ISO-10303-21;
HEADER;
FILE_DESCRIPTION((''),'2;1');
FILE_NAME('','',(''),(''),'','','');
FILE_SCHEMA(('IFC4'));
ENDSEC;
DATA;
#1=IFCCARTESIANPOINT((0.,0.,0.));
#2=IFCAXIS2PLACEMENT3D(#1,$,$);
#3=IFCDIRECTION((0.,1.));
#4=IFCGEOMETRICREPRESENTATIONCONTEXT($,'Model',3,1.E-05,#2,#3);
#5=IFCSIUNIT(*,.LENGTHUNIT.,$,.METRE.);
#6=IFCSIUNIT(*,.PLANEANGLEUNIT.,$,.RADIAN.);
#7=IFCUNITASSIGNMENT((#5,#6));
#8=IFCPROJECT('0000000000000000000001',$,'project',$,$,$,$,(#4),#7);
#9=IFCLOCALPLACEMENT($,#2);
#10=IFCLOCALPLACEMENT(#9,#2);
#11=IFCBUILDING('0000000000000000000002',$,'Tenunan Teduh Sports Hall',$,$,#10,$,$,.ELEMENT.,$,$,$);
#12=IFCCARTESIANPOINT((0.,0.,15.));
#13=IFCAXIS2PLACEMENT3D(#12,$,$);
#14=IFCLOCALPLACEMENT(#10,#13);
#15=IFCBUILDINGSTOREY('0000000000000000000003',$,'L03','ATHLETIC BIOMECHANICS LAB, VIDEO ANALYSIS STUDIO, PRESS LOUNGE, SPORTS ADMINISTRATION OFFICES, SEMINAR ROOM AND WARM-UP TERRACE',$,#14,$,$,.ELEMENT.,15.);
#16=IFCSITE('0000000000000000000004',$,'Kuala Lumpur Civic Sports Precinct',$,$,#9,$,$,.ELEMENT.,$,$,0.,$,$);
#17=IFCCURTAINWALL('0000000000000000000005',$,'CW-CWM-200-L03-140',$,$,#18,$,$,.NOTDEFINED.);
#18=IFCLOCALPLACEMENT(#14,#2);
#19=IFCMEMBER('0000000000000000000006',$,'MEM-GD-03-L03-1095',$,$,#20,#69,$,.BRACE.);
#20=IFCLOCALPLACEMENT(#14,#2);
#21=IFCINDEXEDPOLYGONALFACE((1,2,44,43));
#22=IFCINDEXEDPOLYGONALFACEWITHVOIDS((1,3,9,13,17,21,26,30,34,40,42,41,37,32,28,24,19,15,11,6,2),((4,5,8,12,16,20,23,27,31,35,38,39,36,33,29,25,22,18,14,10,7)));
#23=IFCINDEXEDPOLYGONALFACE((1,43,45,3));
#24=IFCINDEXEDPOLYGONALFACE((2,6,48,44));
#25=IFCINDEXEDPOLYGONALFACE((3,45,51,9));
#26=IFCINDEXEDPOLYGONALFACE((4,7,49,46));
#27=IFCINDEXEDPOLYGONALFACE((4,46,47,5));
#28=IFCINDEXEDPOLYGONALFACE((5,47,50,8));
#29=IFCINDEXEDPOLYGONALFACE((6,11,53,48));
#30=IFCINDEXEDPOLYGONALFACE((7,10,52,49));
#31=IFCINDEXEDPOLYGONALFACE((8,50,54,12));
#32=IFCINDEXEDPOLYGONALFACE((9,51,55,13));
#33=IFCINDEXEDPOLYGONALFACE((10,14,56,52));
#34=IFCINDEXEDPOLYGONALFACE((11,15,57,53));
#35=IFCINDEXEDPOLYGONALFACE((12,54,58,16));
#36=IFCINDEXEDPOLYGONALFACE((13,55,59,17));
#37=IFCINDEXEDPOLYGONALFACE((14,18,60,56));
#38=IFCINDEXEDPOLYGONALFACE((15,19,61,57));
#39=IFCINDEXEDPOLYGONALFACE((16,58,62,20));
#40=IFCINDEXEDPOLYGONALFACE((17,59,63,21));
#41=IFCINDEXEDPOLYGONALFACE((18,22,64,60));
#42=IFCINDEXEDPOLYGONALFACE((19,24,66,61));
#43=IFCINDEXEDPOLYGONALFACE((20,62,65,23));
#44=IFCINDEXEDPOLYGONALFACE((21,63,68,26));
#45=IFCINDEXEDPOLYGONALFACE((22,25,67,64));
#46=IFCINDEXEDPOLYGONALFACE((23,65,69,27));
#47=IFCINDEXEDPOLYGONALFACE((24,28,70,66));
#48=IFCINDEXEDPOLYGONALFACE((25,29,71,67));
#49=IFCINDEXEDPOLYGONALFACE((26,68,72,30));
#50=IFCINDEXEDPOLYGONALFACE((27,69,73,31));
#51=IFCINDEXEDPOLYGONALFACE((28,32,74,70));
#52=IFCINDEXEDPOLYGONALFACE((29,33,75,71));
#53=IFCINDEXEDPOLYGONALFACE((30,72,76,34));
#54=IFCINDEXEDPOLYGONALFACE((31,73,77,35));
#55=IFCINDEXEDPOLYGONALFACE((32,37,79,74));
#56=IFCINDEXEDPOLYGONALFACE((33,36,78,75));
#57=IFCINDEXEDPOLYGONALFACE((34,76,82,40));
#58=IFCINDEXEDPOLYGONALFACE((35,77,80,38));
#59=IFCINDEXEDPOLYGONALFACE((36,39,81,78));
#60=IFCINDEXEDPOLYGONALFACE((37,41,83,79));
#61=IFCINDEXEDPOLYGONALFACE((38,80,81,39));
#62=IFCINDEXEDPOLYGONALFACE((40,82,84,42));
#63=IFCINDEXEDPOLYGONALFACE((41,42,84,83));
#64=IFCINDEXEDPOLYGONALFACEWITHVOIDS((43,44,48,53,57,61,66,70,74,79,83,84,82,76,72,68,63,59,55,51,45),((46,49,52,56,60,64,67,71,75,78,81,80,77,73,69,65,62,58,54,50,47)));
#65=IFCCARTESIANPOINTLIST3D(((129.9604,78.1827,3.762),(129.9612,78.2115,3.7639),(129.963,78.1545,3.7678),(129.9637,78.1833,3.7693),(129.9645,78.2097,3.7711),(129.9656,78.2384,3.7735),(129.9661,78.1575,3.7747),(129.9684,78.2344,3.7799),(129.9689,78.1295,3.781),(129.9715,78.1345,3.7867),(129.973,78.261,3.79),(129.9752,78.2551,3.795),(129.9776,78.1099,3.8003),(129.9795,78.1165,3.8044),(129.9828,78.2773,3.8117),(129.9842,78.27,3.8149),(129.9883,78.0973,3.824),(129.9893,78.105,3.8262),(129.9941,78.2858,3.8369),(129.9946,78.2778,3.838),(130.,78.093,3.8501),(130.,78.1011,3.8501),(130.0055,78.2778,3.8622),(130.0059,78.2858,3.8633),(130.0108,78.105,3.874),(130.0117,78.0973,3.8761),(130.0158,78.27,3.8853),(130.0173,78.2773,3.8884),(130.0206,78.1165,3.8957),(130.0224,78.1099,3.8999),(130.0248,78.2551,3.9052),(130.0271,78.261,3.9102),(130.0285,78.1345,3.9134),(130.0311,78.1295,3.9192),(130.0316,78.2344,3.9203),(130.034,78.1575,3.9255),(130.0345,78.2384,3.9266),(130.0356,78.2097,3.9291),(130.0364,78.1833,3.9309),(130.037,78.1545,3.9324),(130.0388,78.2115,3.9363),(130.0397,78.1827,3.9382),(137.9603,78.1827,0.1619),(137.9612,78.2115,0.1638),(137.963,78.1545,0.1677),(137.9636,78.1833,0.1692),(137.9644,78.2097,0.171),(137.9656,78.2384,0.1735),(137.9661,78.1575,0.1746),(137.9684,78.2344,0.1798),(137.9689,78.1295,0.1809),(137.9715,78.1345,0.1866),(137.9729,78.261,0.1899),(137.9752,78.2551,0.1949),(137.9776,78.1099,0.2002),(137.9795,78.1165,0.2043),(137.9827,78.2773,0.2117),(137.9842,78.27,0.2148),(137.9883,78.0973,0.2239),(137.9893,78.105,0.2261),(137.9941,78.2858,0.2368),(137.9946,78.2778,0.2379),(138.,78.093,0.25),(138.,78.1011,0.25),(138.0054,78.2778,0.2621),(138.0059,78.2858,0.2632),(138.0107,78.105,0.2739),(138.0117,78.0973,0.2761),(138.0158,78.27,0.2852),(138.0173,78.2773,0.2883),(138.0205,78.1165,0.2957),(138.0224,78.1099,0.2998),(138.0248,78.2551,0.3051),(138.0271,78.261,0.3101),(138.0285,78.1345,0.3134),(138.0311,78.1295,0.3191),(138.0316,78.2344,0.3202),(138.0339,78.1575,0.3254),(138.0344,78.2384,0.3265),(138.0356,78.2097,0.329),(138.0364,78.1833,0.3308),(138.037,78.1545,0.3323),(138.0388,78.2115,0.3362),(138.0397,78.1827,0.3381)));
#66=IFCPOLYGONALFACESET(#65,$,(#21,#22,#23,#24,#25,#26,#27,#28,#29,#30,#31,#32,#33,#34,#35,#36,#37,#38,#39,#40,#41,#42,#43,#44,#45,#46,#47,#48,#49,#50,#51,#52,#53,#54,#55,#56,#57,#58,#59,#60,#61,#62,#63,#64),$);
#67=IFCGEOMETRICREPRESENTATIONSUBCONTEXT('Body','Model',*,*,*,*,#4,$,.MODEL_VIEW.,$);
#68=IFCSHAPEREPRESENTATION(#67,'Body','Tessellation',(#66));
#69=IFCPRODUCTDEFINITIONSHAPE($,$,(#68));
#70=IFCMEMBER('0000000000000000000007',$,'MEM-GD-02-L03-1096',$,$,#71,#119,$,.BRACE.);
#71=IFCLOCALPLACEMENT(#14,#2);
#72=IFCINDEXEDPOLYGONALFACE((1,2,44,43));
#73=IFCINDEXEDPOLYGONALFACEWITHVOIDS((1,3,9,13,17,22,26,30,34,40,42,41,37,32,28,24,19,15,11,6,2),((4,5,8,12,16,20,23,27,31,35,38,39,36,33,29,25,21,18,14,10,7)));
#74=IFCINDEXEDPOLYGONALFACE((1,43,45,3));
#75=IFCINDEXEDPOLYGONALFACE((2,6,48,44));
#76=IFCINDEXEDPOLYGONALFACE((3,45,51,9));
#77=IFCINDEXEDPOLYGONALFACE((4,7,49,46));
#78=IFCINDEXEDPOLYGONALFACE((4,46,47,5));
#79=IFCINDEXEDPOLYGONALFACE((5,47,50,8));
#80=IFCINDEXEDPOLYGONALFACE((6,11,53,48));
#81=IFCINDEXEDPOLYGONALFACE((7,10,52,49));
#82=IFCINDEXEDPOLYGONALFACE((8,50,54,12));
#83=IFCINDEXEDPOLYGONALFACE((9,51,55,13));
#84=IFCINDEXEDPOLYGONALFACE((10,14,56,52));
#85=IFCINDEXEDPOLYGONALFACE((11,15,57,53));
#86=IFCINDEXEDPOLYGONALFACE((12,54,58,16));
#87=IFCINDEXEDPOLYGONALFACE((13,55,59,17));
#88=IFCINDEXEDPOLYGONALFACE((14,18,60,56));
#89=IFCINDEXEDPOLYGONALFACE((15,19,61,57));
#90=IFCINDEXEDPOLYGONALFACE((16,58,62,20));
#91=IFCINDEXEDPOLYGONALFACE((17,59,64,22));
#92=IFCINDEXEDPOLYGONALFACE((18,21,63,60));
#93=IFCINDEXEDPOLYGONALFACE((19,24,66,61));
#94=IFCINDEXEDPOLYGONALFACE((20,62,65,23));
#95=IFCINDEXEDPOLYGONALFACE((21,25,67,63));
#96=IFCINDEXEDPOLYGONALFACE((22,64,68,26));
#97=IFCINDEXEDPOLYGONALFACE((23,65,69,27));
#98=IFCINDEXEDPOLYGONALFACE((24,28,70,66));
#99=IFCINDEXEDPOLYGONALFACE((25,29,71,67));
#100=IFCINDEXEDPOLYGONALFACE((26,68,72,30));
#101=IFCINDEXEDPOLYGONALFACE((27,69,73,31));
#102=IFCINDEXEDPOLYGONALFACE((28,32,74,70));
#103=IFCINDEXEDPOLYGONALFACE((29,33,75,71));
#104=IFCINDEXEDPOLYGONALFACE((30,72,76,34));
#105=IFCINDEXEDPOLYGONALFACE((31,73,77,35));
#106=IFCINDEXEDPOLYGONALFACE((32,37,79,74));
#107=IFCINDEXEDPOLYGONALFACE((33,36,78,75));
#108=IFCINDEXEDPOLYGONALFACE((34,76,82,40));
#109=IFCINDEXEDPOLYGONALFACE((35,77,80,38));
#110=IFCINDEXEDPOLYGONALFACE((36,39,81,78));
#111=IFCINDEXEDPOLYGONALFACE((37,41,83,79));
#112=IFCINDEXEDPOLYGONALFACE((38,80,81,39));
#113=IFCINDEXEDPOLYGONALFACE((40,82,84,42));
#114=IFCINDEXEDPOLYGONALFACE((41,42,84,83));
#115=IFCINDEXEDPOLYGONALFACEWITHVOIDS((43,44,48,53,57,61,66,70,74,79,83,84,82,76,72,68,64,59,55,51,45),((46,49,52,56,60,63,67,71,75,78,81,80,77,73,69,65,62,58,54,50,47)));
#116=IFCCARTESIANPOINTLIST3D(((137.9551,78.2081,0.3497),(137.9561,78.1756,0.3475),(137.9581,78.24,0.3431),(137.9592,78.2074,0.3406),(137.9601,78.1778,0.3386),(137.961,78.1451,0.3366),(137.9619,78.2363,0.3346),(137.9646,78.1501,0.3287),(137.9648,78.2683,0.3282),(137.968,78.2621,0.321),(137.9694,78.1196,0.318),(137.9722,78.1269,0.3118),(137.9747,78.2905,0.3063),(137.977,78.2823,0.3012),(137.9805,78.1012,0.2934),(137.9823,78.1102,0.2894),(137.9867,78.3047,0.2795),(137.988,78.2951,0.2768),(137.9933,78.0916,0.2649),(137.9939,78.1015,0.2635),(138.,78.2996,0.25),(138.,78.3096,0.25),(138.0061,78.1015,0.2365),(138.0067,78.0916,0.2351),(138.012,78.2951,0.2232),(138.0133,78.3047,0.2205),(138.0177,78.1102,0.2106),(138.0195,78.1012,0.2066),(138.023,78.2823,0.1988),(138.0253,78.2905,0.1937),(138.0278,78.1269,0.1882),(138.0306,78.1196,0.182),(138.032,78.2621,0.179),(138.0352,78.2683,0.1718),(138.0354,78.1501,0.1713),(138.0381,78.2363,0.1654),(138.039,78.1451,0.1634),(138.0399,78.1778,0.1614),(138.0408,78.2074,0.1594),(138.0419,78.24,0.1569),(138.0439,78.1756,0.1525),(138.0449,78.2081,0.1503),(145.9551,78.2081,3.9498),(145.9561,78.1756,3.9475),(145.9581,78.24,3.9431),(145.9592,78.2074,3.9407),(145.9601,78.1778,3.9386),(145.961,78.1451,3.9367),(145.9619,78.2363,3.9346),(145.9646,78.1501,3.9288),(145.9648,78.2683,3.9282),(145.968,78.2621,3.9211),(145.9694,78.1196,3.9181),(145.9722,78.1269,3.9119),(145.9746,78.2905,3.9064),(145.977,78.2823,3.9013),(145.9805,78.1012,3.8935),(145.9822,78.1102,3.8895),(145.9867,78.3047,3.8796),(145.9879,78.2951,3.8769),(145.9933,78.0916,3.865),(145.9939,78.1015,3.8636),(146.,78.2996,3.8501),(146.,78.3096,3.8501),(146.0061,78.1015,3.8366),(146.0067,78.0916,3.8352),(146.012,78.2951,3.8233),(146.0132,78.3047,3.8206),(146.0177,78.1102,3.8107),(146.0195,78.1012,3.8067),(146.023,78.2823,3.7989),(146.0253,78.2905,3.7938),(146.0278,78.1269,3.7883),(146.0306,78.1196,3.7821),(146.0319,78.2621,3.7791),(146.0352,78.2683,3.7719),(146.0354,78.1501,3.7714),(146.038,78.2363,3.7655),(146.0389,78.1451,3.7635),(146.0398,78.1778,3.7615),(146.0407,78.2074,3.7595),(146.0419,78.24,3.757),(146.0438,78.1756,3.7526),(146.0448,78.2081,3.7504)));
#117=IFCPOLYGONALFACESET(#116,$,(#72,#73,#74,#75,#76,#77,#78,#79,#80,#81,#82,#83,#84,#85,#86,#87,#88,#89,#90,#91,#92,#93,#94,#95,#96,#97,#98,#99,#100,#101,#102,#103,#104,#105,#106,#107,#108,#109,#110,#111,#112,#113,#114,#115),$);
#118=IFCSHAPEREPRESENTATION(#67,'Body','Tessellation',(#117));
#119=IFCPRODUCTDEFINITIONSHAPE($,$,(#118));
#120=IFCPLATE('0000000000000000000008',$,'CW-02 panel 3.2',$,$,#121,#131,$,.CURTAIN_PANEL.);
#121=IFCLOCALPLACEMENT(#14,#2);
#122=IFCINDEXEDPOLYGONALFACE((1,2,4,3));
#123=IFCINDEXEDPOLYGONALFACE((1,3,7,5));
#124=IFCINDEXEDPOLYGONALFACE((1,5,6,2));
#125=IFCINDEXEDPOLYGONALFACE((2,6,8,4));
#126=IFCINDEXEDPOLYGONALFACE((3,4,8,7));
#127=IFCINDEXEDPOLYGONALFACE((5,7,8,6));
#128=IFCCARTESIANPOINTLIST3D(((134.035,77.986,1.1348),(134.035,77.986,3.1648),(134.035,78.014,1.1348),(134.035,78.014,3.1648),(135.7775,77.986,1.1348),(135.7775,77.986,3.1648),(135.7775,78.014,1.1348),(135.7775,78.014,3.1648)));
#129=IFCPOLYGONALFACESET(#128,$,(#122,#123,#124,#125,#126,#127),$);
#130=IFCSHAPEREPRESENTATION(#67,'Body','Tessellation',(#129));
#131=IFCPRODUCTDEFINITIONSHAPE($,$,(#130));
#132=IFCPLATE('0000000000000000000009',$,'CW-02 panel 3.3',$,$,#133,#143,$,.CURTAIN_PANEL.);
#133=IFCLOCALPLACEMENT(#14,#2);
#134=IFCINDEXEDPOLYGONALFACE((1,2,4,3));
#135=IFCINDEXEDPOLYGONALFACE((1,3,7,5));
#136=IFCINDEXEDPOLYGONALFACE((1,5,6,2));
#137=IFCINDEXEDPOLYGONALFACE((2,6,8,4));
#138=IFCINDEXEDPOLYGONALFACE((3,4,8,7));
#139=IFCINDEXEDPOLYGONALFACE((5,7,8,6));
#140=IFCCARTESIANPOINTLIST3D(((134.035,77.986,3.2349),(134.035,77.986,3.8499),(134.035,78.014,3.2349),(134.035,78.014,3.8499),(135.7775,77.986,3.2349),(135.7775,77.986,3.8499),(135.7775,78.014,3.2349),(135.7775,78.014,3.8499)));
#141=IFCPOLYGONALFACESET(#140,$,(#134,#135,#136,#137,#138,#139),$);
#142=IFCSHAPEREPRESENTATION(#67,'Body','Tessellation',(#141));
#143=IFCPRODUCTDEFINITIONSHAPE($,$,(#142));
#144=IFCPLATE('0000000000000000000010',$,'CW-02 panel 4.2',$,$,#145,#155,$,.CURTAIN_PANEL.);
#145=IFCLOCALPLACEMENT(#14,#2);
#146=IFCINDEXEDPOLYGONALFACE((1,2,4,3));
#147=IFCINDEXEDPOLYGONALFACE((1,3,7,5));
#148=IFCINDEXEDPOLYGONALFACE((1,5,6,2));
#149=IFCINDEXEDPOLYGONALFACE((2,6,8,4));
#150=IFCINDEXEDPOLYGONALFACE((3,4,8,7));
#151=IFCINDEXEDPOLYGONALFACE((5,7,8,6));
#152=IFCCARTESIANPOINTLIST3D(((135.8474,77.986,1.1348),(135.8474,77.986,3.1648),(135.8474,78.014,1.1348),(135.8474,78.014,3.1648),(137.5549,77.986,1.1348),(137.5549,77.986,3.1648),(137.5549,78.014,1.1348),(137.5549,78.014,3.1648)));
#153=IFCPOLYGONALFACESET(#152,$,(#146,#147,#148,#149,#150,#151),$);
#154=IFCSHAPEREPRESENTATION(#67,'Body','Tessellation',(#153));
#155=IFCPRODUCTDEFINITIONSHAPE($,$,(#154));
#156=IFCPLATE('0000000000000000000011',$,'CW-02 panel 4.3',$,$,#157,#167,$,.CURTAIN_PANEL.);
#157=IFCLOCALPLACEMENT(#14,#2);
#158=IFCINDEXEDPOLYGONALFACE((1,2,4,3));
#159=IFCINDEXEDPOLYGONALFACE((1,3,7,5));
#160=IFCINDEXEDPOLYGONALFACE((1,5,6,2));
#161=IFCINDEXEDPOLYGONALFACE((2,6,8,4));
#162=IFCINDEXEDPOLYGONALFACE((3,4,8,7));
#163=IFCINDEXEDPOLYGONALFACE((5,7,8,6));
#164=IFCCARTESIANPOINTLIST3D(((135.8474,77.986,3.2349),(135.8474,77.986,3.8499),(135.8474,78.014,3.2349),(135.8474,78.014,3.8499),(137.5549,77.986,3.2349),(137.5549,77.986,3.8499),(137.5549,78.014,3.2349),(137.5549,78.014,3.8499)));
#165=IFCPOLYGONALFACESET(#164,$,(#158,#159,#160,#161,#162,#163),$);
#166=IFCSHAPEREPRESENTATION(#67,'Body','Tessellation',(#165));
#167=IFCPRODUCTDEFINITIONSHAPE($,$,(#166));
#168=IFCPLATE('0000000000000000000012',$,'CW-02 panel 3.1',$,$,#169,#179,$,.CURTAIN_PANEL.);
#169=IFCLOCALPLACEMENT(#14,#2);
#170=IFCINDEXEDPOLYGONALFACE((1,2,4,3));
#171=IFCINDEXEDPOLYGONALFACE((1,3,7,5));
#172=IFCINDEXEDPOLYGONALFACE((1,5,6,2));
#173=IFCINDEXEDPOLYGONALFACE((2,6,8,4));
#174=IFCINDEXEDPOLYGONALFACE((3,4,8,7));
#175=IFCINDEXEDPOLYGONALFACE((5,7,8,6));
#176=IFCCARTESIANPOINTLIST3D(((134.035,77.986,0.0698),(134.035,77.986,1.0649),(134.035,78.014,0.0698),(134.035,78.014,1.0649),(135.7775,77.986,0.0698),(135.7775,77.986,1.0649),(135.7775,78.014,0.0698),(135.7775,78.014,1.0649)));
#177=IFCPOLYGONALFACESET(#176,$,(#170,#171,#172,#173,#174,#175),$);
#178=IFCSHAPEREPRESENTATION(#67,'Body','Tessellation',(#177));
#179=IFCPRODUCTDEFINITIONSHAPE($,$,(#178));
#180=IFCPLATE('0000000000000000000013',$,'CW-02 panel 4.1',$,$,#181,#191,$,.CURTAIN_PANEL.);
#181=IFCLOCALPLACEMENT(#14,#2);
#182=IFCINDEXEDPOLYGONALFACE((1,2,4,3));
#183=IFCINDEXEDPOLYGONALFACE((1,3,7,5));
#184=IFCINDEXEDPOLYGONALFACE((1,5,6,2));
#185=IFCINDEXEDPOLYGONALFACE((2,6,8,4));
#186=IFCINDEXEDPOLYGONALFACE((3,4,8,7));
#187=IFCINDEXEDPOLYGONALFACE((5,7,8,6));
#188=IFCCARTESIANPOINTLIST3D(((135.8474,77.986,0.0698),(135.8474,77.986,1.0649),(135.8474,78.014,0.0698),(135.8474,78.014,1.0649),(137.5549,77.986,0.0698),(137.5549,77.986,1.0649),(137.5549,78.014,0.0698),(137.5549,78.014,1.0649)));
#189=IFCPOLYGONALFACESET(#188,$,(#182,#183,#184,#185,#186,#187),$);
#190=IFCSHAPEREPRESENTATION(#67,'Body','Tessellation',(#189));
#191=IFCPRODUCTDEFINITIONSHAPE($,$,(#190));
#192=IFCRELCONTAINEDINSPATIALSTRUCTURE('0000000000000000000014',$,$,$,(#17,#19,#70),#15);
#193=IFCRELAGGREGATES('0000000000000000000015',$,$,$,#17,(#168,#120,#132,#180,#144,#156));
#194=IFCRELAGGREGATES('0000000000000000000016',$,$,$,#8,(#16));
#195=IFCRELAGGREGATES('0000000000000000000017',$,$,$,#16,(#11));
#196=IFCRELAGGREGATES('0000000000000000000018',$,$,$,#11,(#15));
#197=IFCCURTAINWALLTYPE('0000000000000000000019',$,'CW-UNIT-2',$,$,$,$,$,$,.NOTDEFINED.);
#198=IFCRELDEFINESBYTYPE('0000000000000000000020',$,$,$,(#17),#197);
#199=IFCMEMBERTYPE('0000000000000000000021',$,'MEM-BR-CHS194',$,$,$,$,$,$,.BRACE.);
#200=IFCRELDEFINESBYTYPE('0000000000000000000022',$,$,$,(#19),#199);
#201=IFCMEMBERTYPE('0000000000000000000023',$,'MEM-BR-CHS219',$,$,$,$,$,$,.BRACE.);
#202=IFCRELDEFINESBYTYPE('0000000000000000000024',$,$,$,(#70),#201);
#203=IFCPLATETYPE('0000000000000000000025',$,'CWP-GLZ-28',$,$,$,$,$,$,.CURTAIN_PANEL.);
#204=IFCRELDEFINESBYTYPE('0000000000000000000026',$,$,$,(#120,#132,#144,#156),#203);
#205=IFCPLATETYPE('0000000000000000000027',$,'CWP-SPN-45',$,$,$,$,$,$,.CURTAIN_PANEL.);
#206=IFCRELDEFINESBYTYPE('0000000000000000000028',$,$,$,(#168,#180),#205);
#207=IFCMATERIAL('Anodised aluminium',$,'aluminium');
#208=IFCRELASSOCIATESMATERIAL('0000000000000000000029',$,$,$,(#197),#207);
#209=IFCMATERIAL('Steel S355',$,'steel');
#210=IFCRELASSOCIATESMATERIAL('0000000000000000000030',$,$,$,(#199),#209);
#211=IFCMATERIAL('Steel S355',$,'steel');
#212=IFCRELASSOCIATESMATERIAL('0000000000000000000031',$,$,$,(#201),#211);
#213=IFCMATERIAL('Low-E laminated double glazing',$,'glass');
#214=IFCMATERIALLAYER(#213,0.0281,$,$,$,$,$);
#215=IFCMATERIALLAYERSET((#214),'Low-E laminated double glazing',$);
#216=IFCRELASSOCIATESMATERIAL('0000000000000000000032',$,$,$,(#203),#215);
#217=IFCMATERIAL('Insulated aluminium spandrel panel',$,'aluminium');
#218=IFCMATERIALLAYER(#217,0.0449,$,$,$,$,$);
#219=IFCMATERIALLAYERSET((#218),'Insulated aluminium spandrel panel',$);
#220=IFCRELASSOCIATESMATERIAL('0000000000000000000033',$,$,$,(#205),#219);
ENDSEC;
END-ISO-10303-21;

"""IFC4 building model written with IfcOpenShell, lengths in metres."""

from ifc_helpers import new_model, si_unit, direction, frame, origin, origin_2d, place, context, subcontext, project, spatial, rectangle, hollow_circle, extrude, material, layer, layer_set, material_profile, profile_set, type_object, element, aggregate, save


model = new_model("IFC4")

# Units and contexts
model_context = context("Model", 3, precision=1e-05, world=origin(), true_north=direction((0.0, 1.0)))
body_context = subcontext(model_context, "Body", "Model", "MODEL_VIEW")
ifc_project = project(units=[si_unit("LENGTHUNIT", "METRE"), si_unit("PLANEANGLEUNIT", "RADIAN")], contexts=[model_context])

# Site, building, storey
site_placement = place(None, origin())
site = spatial("IfcSite", under=ifc_project, at=site_placement, Name="Kuala Lumpur Civic Sports Precinct", CompositionType="ELEMENT", RefElevation=0.0)
building_placement = place(site_placement, origin())
building = spatial("IfcBuilding", under=site, at=building_placement, Name="Tenunan Teduh Sports Hall", CompositionType="ELEMENT")
storey_placement = place(building_placement, frame((0.0, 0.0, 15.0)))
storey = spatial("IfcBuildingStorey", under=building, at=storey_placement, Name="L03", Description="ATHLETIC BIOMECHANICS LAB, VIDEO ANALYSIS STUDIO, PRESS LOUNGE, SPORTS ADMINISTRATION OFFICES, SEMINAR ROOM AND WARM-UP TERRACE", CompositionType="ELEMENT", Elevation=15.0)

# Curtain wall
ifc_material_1 = material(Name="Anodised aluminium", Category="aluminium")
curtain_wall_type = type_object("IfcCurtainWallType", Name="CW-UNIT-2", PredefinedType="NOTDEFINED", material=ifc_material_1)
curtain_wall_placement = place(storey_placement, origin())
curtain_wall = element("IfcCurtainWall", 1, at=curtain_wall_placement, inside=storey, type_object=curtain_wall_type, Name="CW-CWM-200-L03-140", PredefinedType="NOTDEFINED")

# Members
ifc_material_2 = material(Name="Steel S355", Category="steel")
ifc_material_profile_1 = material_profile(ifc_material_2, hollow_circle(Radius=0.0969, WallThickness=0.0081, at=origin_2d()), Name="CHS 193.7x8.0")
ifc_profile_set_1 = profile_set([ifc_material_profile_1], Name="Steel S355")
member_type_1 = type_object("IfcMemberType", Name="MEM-BR-CHS194", PredefinedType="BRACE", material=ifc_profile_set_1)
member_1_placement = place(storey_placement, frame((138.0, 78.1899, 0.25), z_axis=(-0.911917, 0.0, 0.410374), x_axis=(0.0, -1.0, 0.0)))
element("IfcMember", 2, at=member_1_placement, inside=storey, type_object=member_type_1, Name="MEM-GD-03-L03-1095", PredefinedType="BRACE", context=body_context, shape_type="SweptSolid", body=[
    extrude(hollow_circle(Radius=0.0969, WallThickness=0.0081, at=origin_2d()), origin(), (0.0, 0.0, 1.0), 8.7727),
])
ifc_material_3 = material(Name="Steel S355", Category="steel")
ifc_material_profile_2 = material_profile(ifc_material_3, hollow_circle(Radius=0.1096, WallThickness=0.01, at=origin_2d()), Name="CHS 219.1x10.0")
ifc_profile_set_2 = profile_set([ifc_material_profile_2], Name="Steel S355")
member_type_2 = type_object("IfcMemberType", Name="MEM-BR-CHS219", PredefinedType="BRACE", material=ifc_profile_set_2)
member_2_placement = place(storey_placement, frame((138.0, 78.2, 0.25), z_axis=(0.911917, 0.0, 0.410374), x_axis=(0.0, 1.0, 0.0)))
element("IfcMember", 3, at=member_2_placement, inside=storey, type_object=member_type_2, Name="MEM-GD-02-L03-1096", PredefinedType="BRACE", context=body_context, shape_type="SweptSolid", body=[
    extrude(hollow_circle(Radius=0.1096, WallThickness=0.01, at=origin_2d()), origin(), (0.0, 0.0, 1.0), 8.7727),
])

# Plates
ifc_material_4 = material(Name="Low-E laminated double glazing", Category="glass")
ifc_layer_1 = layer(ifc_material_4, 0.0281)
ifc_layer_set_1 = layer_set([ifc_layer_1], Name="Low-E laminated double glazing")
plate_type_1 = type_object("IfcPlateType", Name="CWP-GLZ-28", PredefinedType="CURTAIN_PANEL", material=ifc_layer_set_1)
plate_1_placement = place(storey_placement, frame((134.9062, 78.0, 1.1348), z_axis=(0.0, 0.0, 1.0), x_axis=(1.0, 0.0, 0.0)))
plate_1 = element("IfcPlate", 4, at=plate_1_placement, type_object=plate_type_1, Name="CW-02 panel 3.2", PredefinedType="CURTAIN_PANEL", context=body_context, shape_type="SweptSolid", body=[
    extrude(rectangle(XDim=1.7424, YDim=0.0281, at=origin_2d()), origin(), (0.0, 0.0, 1.0), 2.03),
])
plate_2_placement = place(storey_placement, frame((134.9062, 78.0, 3.2349), z_axis=(0.0, 0.0, 1.0), x_axis=(1.0, 0.0, 0.0)))
plate_2 = element("IfcPlate", 5, at=plate_2_placement, type_object=plate_type_1, Name="CW-02 panel 3.3", PredefinedType="CURTAIN_PANEL", context=body_context, shape_type="SweptSolid", body=[
    extrude(rectangle(XDim=1.7424, YDim=0.0281, at=origin_2d()), origin(), (0.0, 0.0, 1.0), 0.615),
])
plate_3_placement = place(storey_placement, frame((136.7012, 78.0, 1.1348), z_axis=(0.0, 0.0, 1.0), x_axis=(1.0, 0.0, 0.0)))
plate_3 = element("IfcPlate", 6, at=plate_3_placement, type_object=plate_type_1, Name="CW-02 panel 4.2", PredefinedType="CURTAIN_PANEL", context=body_context, shape_type="SweptSolid", body=[
    extrude(rectangle(XDim=1.7075, YDim=0.0281, at=origin_2d()), origin(), (0.0, 0.0, 1.0), 2.03),
])
plate_4_placement = place(storey_placement, frame((136.7012, 78.0, 3.2349), z_axis=(0.0, 0.0, 1.0), x_axis=(1.0, 0.0, 0.0)))
plate_4 = element("IfcPlate", 7, at=plate_4_placement, type_object=plate_type_1, Name="CW-02 panel 4.3", PredefinedType="CURTAIN_PANEL", context=body_context, shape_type="SweptSolid", body=[
    extrude(rectangle(XDim=1.7075, YDim=0.0281, at=origin_2d()), origin(), (0.0, 0.0, 1.0), 0.615),
])
ifc_material_5 = material(Name="Insulated aluminium spandrel panel", Category="aluminium")
ifc_layer_2 = layer(ifc_material_5, 0.0449)
ifc_layer_set_2 = layer_set([ifc_layer_2], Name="Insulated aluminium spandrel panel")
plate_type_2 = type_object("IfcPlateType", Name="CWP-SPN-45", PredefinedType="CURTAIN_PANEL", material=ifc_layer_set_2)
plate_5_placement = place(storey_placement, frame((134.9062, 78.0, 0.0698), z_axis=(0.0, 0.0, 1.0), x_axis=(1.0, 0.0, 0.0)))
plate_5 = element("IfcPlate", 8, at=plate_5_placement, type_object=plate_type_2, Name="CW-02 panel 3.1", PredefinedType="CURTAIN_PANEL", context=body_context, shape_type="SweptSolid", body=[
    extrude(rectangle(XDim=1.7424, YDim=0.0281, at=origin_2d()), origin(), (0.0, 0.0, 1.0), 0.9951),
])
plate_6_placement = place(storey_placement, frame((136.7012, 78.0, 0.0698), z_axis=(0.0, 0.0, 1.0), x_axis=(1.0, 0.0, 0.0)))
plate_6 = element("IfcPlate", 9, at=plate_6_placement, type_object=plate_type_2, Name="CW-02 panel 4.1", PredefinedType="CURTAIN_PANEL", context=body_context, shape_type="SweptSolid", body=[
    extrude(rectangle(XDim=1.7075, YDim=0.0281, at=origin_2d()), origin(), (0.0, 0.0, 1.0), 0.9951),
])
aggregate(curtain_wall, [plate_5, plate_1, plate_2, plate_6, plate_3, plate_4])

save(model, "model.ifc")
